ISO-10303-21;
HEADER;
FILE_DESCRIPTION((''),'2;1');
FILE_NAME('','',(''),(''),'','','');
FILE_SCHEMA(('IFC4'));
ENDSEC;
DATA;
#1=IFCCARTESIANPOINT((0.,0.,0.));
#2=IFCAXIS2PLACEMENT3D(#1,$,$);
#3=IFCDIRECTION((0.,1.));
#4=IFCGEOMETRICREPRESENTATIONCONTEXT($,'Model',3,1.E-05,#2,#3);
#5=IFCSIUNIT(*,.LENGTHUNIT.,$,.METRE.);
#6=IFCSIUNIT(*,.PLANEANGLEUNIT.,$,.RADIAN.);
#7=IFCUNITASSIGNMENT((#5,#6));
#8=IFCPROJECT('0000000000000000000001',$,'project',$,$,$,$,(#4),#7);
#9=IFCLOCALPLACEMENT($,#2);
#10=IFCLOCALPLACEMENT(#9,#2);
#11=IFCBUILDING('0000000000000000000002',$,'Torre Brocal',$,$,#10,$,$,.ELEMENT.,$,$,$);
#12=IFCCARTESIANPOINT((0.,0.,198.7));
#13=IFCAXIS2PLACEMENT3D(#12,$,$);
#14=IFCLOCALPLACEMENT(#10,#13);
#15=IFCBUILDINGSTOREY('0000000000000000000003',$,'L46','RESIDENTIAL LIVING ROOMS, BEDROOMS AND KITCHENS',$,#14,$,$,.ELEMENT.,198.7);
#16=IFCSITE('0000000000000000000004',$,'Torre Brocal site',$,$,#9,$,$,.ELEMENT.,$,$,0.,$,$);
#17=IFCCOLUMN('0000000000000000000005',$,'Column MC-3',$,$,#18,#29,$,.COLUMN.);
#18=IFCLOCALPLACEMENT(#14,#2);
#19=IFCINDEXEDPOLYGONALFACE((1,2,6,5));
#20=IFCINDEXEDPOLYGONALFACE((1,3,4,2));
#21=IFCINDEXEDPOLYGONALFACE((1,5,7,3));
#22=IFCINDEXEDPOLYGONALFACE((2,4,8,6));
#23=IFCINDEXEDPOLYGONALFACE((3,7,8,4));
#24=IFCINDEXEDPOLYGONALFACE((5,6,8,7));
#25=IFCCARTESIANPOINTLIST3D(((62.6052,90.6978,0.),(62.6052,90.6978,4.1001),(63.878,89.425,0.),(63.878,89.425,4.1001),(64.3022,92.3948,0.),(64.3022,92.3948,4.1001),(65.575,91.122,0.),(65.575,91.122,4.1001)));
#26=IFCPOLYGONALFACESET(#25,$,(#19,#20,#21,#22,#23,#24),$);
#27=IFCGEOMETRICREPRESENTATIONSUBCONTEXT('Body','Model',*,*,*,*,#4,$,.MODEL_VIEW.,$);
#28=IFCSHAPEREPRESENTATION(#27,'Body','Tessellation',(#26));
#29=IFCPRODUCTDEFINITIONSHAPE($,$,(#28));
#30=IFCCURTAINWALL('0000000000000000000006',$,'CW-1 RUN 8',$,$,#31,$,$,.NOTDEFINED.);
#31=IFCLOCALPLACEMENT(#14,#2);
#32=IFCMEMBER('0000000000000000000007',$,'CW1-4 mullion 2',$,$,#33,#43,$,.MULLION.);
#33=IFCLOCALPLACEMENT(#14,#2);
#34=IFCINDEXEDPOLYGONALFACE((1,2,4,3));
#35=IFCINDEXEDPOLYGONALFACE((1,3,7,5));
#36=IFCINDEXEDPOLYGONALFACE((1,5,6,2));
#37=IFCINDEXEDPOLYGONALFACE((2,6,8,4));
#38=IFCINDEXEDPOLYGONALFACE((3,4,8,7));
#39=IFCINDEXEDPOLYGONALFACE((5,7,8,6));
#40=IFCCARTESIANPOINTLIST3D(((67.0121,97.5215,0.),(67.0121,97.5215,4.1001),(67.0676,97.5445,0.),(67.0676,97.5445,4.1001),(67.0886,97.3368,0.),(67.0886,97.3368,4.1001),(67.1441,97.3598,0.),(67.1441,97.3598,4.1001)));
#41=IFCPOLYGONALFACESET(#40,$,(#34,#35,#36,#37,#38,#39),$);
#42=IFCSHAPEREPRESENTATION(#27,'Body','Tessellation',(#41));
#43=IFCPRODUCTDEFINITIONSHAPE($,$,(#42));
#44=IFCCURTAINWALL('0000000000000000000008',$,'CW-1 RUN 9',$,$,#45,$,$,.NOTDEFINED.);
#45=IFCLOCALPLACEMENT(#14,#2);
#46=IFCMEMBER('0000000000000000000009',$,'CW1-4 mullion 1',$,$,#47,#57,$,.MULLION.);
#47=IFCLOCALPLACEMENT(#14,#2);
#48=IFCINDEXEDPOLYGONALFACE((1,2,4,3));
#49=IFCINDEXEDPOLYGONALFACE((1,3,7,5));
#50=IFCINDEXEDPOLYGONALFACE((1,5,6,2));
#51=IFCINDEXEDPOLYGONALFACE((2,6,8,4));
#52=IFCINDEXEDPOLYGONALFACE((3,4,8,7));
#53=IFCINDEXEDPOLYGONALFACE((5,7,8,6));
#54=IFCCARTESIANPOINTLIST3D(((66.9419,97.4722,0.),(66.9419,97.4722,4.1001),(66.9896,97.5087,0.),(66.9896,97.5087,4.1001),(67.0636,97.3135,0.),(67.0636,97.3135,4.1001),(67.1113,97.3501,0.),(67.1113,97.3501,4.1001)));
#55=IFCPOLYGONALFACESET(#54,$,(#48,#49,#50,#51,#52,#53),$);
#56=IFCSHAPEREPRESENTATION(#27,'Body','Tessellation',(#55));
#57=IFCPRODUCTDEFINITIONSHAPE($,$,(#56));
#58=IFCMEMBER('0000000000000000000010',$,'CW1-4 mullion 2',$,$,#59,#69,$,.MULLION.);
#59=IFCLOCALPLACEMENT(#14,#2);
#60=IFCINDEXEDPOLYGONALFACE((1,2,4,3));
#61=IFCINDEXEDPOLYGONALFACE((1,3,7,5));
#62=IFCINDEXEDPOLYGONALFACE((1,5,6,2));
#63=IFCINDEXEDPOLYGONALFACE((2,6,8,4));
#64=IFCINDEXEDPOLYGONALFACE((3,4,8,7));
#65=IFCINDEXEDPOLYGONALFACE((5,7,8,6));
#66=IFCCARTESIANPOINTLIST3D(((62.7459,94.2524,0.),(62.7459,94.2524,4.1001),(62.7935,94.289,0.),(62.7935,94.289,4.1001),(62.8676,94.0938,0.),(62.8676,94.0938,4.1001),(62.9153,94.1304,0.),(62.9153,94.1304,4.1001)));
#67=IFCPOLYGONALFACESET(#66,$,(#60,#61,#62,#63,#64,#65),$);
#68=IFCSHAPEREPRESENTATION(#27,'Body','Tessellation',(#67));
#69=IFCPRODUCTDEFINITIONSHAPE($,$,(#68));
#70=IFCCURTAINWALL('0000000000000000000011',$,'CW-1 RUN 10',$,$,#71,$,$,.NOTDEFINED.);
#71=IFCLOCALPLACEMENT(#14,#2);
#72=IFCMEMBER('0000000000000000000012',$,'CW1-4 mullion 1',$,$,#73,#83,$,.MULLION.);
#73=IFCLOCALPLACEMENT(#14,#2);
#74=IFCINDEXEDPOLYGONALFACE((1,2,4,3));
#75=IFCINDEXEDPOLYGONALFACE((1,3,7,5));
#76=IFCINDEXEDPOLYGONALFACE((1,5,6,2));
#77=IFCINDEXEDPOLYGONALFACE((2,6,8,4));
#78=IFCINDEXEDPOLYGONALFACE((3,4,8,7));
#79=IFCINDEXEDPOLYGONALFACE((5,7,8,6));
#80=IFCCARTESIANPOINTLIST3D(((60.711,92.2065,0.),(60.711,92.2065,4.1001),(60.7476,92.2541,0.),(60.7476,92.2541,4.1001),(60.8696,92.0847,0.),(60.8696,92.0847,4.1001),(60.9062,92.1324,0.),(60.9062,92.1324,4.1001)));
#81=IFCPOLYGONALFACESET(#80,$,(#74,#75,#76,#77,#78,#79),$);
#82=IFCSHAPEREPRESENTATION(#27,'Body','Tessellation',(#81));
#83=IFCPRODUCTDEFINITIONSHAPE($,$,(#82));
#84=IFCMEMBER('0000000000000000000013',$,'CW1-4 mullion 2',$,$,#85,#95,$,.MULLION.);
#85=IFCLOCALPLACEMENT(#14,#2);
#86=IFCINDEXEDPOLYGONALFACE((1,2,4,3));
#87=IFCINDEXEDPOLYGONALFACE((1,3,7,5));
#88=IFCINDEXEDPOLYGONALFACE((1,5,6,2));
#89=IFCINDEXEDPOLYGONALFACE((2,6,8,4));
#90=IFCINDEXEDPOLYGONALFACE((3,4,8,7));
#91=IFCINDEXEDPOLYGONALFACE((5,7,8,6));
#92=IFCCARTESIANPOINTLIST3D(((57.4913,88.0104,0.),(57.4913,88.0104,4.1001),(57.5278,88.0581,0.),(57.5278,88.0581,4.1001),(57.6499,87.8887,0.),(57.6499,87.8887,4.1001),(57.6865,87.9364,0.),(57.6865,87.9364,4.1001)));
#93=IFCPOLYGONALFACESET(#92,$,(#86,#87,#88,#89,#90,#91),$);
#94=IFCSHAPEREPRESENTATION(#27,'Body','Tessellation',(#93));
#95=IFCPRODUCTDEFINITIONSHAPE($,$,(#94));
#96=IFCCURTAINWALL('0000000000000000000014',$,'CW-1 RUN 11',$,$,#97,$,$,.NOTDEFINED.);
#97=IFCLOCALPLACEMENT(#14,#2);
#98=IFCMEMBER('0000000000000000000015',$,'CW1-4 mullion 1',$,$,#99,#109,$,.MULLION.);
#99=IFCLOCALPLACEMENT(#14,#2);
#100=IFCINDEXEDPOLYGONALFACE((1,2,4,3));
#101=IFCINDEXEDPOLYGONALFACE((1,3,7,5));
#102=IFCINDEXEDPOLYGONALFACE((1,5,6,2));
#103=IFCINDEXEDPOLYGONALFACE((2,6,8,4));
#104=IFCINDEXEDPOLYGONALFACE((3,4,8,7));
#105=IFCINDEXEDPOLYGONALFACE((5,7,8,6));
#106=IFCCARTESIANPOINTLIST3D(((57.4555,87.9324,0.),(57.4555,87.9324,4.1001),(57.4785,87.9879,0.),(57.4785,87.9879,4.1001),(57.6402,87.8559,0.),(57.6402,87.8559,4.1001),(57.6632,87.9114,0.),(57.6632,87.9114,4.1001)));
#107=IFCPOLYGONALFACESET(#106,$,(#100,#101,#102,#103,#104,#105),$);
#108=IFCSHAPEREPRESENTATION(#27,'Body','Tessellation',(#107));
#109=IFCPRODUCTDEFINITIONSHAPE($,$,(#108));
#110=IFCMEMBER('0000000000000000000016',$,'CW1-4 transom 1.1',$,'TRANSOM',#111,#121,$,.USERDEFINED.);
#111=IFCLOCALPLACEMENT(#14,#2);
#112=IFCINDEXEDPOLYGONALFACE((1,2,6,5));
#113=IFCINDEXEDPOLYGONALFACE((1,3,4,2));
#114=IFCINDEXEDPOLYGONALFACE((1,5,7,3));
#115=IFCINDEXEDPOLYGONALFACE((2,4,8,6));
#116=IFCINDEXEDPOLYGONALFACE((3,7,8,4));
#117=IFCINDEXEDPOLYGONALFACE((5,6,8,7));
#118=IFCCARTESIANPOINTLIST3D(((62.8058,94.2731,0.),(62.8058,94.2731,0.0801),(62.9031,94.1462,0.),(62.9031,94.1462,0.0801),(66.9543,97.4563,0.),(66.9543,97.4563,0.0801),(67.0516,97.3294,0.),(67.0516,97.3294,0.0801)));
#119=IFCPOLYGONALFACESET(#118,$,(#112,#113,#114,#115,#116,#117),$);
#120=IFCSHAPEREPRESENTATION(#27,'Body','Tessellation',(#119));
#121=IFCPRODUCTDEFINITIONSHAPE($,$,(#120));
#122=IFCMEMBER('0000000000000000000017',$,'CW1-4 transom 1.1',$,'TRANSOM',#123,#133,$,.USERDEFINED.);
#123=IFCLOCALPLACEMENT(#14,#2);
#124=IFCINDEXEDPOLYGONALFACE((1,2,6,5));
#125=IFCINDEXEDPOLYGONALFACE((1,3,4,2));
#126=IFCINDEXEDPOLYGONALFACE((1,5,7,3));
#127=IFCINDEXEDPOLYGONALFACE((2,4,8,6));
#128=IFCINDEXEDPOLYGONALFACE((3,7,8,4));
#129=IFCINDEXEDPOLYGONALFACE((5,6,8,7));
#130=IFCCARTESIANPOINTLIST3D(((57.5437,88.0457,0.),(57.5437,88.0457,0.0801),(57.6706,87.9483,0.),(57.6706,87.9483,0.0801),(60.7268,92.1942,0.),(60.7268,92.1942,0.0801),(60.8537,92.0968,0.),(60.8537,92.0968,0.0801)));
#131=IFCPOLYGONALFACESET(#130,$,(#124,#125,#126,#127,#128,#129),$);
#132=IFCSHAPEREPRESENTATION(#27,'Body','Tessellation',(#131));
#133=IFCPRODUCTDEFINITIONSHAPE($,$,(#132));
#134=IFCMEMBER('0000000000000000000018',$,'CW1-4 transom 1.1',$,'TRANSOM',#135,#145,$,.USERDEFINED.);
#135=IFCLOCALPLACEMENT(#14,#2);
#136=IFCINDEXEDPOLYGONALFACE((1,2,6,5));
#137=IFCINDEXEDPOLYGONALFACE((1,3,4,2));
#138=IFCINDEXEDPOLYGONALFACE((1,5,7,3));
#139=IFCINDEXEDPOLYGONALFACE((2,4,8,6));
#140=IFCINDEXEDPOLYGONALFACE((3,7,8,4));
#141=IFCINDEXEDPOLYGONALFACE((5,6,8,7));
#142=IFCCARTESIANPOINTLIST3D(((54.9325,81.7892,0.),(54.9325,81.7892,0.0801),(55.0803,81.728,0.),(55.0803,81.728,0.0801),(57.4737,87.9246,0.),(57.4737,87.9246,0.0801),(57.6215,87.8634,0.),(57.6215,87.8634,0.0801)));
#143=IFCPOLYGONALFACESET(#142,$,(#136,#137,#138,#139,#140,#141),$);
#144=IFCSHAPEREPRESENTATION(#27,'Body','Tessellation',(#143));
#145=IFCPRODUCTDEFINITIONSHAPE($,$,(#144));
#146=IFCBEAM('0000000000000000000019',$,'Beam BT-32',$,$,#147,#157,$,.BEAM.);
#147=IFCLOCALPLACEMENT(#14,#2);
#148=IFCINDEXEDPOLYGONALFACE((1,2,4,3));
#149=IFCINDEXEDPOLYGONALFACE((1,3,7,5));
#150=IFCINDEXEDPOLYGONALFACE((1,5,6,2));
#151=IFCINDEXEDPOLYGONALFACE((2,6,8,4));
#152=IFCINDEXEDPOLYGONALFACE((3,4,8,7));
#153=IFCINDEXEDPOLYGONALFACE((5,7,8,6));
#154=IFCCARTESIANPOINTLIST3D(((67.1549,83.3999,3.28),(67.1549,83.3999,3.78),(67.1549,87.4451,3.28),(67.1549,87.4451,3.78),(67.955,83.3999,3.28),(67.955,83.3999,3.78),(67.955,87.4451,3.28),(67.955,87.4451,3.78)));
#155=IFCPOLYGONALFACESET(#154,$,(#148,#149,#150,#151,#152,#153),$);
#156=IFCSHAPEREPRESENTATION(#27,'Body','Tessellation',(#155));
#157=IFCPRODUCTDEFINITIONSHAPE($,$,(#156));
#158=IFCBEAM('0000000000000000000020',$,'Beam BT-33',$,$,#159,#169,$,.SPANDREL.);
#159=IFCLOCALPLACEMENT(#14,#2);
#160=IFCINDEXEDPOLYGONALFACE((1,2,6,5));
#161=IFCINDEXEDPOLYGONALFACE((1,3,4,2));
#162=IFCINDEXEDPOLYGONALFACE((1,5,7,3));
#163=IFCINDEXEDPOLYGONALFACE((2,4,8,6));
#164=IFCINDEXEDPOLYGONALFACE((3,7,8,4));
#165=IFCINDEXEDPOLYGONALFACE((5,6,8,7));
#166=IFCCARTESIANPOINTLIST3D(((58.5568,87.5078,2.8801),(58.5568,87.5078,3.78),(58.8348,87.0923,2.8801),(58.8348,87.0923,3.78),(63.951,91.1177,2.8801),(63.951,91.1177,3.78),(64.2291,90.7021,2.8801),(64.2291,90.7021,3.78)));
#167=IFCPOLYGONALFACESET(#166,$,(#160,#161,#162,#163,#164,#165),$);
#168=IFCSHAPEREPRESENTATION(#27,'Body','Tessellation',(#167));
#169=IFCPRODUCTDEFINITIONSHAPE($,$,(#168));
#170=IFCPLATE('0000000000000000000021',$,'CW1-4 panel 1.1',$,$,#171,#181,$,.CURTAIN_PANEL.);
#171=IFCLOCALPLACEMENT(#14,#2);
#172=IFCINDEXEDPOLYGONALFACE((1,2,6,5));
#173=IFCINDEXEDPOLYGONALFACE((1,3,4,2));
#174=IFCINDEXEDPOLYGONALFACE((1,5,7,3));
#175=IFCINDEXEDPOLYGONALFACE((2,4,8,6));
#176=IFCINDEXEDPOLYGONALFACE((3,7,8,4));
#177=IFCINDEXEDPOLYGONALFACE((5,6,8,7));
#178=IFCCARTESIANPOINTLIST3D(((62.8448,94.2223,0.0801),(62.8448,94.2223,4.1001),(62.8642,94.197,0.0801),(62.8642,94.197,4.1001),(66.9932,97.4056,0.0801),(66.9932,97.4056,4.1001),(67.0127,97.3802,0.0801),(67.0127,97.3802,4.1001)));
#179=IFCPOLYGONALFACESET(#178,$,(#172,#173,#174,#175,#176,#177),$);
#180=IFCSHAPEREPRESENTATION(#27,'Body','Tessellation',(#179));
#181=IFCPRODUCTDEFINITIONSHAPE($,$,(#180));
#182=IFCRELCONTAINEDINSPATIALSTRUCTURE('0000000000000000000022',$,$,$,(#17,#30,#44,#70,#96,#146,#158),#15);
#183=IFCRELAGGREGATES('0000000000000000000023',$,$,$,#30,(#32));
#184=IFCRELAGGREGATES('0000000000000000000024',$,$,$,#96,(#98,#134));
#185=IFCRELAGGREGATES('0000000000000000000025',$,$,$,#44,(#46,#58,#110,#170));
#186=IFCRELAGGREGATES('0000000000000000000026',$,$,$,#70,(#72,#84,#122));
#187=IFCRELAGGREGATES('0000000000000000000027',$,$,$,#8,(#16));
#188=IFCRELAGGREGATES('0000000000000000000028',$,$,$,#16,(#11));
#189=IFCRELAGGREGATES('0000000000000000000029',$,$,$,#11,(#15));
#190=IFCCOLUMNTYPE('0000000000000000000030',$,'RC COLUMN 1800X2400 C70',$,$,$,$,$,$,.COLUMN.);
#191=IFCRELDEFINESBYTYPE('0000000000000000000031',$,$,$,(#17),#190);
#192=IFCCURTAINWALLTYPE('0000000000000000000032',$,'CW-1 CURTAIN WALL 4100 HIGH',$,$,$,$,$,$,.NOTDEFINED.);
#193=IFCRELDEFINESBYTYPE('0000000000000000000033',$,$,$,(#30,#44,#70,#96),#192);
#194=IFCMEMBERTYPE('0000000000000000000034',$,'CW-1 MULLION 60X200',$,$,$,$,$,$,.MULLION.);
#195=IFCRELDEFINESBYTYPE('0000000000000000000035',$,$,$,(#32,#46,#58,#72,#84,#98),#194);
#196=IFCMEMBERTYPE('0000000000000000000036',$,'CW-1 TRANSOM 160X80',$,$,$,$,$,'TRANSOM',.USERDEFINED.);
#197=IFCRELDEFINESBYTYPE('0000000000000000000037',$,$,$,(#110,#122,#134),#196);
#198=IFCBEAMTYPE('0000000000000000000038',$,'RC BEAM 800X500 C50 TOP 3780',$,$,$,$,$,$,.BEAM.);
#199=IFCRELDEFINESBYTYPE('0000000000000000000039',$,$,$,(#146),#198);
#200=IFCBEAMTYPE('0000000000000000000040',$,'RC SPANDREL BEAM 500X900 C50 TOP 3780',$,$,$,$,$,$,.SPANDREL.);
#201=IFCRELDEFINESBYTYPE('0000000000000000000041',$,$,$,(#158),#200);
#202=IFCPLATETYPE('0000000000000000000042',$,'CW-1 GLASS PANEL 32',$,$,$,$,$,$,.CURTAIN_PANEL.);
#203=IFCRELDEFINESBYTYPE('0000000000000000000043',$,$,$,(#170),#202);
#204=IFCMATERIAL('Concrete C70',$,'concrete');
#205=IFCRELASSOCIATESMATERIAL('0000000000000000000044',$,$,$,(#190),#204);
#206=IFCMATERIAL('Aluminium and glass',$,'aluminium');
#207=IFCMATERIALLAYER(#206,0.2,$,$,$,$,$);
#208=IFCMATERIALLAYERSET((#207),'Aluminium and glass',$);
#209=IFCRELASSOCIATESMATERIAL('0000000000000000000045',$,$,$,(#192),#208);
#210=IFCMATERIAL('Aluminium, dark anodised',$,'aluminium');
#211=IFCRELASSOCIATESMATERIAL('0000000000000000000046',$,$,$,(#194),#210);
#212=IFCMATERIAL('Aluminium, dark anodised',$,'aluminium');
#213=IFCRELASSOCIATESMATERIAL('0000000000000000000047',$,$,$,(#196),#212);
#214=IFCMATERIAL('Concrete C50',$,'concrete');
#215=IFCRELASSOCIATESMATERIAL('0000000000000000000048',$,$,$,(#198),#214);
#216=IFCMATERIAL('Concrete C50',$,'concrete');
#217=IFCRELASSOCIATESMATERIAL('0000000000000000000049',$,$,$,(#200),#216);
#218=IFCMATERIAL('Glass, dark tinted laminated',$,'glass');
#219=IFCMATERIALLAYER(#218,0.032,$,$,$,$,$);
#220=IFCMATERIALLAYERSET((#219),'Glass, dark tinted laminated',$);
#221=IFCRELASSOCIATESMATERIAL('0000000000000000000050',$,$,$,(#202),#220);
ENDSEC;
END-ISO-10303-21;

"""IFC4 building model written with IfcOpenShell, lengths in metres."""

from ifc_helpers import new_model, si_unit, direction, frame, origin, origin_2d, place, context, subcontext, project, spatial, rectangle, extrude, material, layer, layer_set, material_profile, profile_set, type_object, element, aggregate, save


model = new_model("IFC4")

# Units and contexts
model_context = context("Model", 3, precision=1e-05, world=origin(), true_north=direction((0.0, 1.0)))
body_context = subcontext(model_context, "Body", "Model", "MODEL_VIEW")
ifc_project = project(units=[si_unit("LENGTHUNIT", "METRE"), si_unit("PLANEANGLEUNIT", "RADIAN")], contexts=[model_context])

# Site, building, storey
site_placement = place(None, origin())
site = spatial("IfcSite", under=ifc_project, at=site_placement, Name="Torre Brocal site", CompositionType="ELEMENT", RefElevation=0.0)
building_placement = place(site_placement, origin())
building = spatial("IfcBuilding", under=site, at=building_placement, Name="Torre Brocal", CompositionType="ELEMENT")
storey_placement = place(building_placement, frame((0.0, 0.0, 198.7)))
storey = spatial("IfcBuildingStorey", under=building, at=storey_placement, Name="L46", Description="RESIDENTIAL LIVING ROOMS, BEDROOMS AND KITCHENS", CompositionType="ELEMENT", Elevation=198.7)

# Column
ifc_material_1 = material(Name="Concrete C70", Category="concrete")
ifc_material_profile_1 = material_profile(ifc_material_1, rectangle(XDim=1.8, YDim=2.3999, at=origin_2d()), Name="RC 1800X2400")
ifc_profile_set_1 = profile_set([ifc_material_profile_1], Name="Concrete C70")
column_type = type_object("IfcColumnType", Name="RC COLUMN 1800X2400 C70", PredefinedType="COLUMN", material=ifc_profile_set_1)
column_placement = place(storey_placement, frame((64.0901, 90.9099, 0.0), z_axis=(0.0, 0.0, 1.0), x_axis=(-0.707107, 0.707107, 0.0)))
element("IfcColumn", 1, at=column_placement, inside=storey, type_object=column_type, Name="Column MC-3", PredefinedType="COLUMN", context=body_context, shape_type="SweptSolid", body=[
    extrude(rectangle(XDim=1.8, YDim=2.3999, at=origin_2d()), origin(), (0.0, 0.0, 1.0), 4.1001),
])

# Curtain wall, member
ifc_material_2 = material(Name="Aluminium and glass", Category="aluminium")
ifc_layer_1 = layer(ifc_material_2, 0.2)
ifc_layer_set_1 = layer_set([ifc_layer_1], Name="Aluminium and glass")
curtain_wall_type = type_object("IfcCurtainWallType", Name="CW-1 CURTAIN WALL 4100 HIGH", PredefinedType="NOTDEFINED", material=ifc_layer_set_1)
curtain_wall_1_placement = place(storey_placement, origin())
curtain_wall_1 = element("IfcCurtainWall", 2, at=curtain_wall_1_placement, inside=storey, type_object=curtain_wall_type, Name="CW-1 RUN 8", PredefinedType="NOTDEFINED")
ifc_material_3 = material(Name="Aluminium, dark anodised", Category="aluminium")
ifc_material_profile_2 = material_profile(ifc_material_3, rectangle(XDim=0.2, YDim=0.0601, at=origin_2d()), Name="CW-1 MULLION 60X200")
ifc_profile_set_2 = profile_set([ifc_material_profile_2], Name="Aluminium, dark anodised")
member_type_1 = type_object("IfcMemberType", Name="CW-1 MULLION 60X200", PredefinedType="MULLION", material=ifc_profile_set_2)
member_1_placement = place(storey_placement, frame((67.0781, 97.4407, 0.0), z_axis=(0.0, 0.0, 1.0), x_axis=(0.382683, -0.92388, 0.0)))
member_1 = element("IfcMember", 3, at=member_1_placement, type_object=member_type_1, Name="CW1-4 mullion 2", PredefinedType="MULLION", context=body_context, shape_type="SweptSolid", body=[
    extrude(rectangle(XDim=0.2, YDim=0.0601, at=origin_2d()), origin(), (0.0, 0.0, 1.0), 4.1001),
])
aggregate(curtain_wall_1, [member_1])

# Curtain walls, members
curtain_wall_2_placement = place(storey_placement, origin())
curtain_wall_2 = element("IfcCurtainWall", 4, at=curtain_wall_2_placement, inside=storey, type_object=curtain_wall_type, Name="CW-1 RUN 9", PredefinedType="NOTDEFINED")
member_2_placement = place(storey_placement, frame((67.0266, 97.4111, 0.0), z_axis=(0.0, 0.0, 1.0), x_axis=(0.608761, -0.793353, 0.0)))
member_2 = element("IfcMember", 5, at=member_2_placement, type_object=member_type_1, Name="CW1-4 mullion 1", PredefinedType="MULLION", context=body_context, shape_type="SweptSolid", body=[
    extrude(rectangle(XDim=0.2, YDim=0.0601, at=origin_2d()), origin(), (0.0, 0.0, 1.0), 4.1001),
])
member_3_placement = place(storey_placement, frame((62.8306, 94.1914, 0.0), z_axis=(0.0, 0.0, 1.0), x_axis=(0.608761, -0.793353, 0.0)))
member_3 = element("IfcMember", 6, at=member_3_placement, type_object=member_type_1, Name="CW1-4 mullion 2", PredefinedType="MULLION", context=body_context, shape_type="SweptSolid", body=[
    extrude(rectangle(XDim=0.2, YDim=0.0601, at=origin_2d()), origin(), (0.0, 0.0, 1.0), 4.1001),
])
curtain_wall_3_placement = place(storey_placement, origin())
curtain_wall_3 = element("IfcCurtainWall", 7, at=curtain_wall_3_placement, inside=storey, type_object=curtain_wall_type, Name="CW-1 RUN 10", PredefinedType="NOTDEFINED")
member_4_placement = place(storey_placement, frame((60.8086, 92.1694, 0.0), z_axis=(0.0, 0.0, 1.0), x_axis=(0.793353, -0.608761, 0.0)))
member_4 = element("IfcMember", 8, at=member_4_placement, type_object=member_type_1, Name="CW1-4 mullion 1", PredefinedType="MULLION", context=body_context, shape_type="SweptSolid", body=[
    extrude(rectangle(XDim=0.2, YDim=0.0601, at=origin_2d()), origin(), (0.0, 0.0, 1.0), 4.1001),
])
member_5_placement = place(storey_placement, frame((57.5889, 87.9734, 0.0), z_axis=(0.0, 0.0, 1.0), x_axis=(0.793353, -0.608761, 0.0)))
member_5 = element("IfcMember", 9, at=member_5_placement, type_object=member_type_1, Name="CW1-4 mullion 2", PredefinedType="MULLION", context=body_context, shape_type="SweptSolid", body=[
    extrude(rectangle(XDim=0.2, YDim=0.0601, at=origin_2d()), origin(), (0.0, 0.0, 1.0), 4.1001),
])

# Curtain wall, member
curtain_wall_4_placement = place(storey_placement, origin())
curtain_wall_4 = element("IfcCurtainWall", 10, at=curtain_wall_4_placement, inside=storey, type_object=curtain_wall_type, Name="CW-1 RUN 11", PredefinedType="NOTDEFINED")
member_6_placement = place(storey_placement, frame((57.5593, 87.9219, 0.0), z_axis=(0.0, 0.0, 1.0), x_axis=(0.92388, -0.382683, 0.0)))
member_6 = element("IfcMember", 11, at=member_6_placement, type_object=member_type_1, Name="CW1-4 mullion 1", PredefinedType="MULLION", context=body_context, shape_type="SweptSolid", body=[
    extrude(rectangle(XDim=0.2, YDim=0.0601, at=origin_2d()), origin(), (0.0, 0.0, 1.0), 4.1001),
])

# Members
ifc_material_4 = material(Name="Aluminium, dark anodised", Category="aluminium")
ifc_material_profile_3 = material_profile(ifc_material_4, rectangle(XDim=0.1599, YDim=0.0801, at=origin_2d()), Name="CW-1 TRANSOM 160X80")
ifc_profile_set_3 = profile_set([ifc_material_profile_3], Name="Aluminium, dark anodised")
member_type_2 = type_object("IfcMemberType", Name="CW-1 TRANSOM 160X80", ElementType="TRANSOM", PredefinedType="USERDEFINED", material=ifc_profile_set_3)
member_7_placement = place(storey_placement, frame((67.0029, 97.3928, 0.04), z_axis=(-0.793363, -0.608749, 0.0), x_axis=(0.608749, -0.793363, 0.0)))
member_7 = element("IfcMember", 12, at=member_7_placement, type_object=member_type_2, Name="CW1-4 transom 1.1", ObjectType="TRANSOM", PredefinedType="USERDEFINED", context=body_context, shape_type="SweptSolid", body=[
    extrude(rectangle(XDim=0.1599, YDim=0.0801, at=origin_2d()), origin(), (0.0, 0.0, 1.0), 5.229),
])
member_8_placement = place(storey_placement, frame((60.7903, 92.1455, 0.04), z_axis=(-0.608749, -0.793363, 0.0), x_axis=(0.793363, -0.608749, 0.0)))
member_8 = element("IfcMember", 13, at=member_8_placement, type_object=member_type_2, Name="CW1-4 transom 1.1", ObjectType="TRANSOM", PredefinedType="USERDEFINED", context=body_context, shape_type="SweptSolid", body=[
    extrude(rectangle(XDim=0.1599, YDim=0.0801, at=origin_2d()), origin(), (0.0, 0.0, 1.0), 5.229),
])
member_9_placement = place(storey_placement, frame((57.5476, 87.894, 0.04), z_axis=(-0.382665, -0.923887, 0.0), x_axis=(0.923887, -0.382665, 0.0)))
member_9 = element("IfcMember", 14, at=member_9_placement, type_object=member_type_2, Name="CW1-4 transom 1.1", ObjectType="TRANSOM", PredefinedType="USERDEFINED", context=body_context, shape_type="SweptSolid", body=[
    extrude(rectangle(XDim=0.1599, YDim=0.0801, at=origin_2d()), origin(), (0.0, 0.0, 1.0), 6.6409),
])
aggregate(curtain_wall_4, [member_6, member_9])

# Beams
ifc_material_5 = material(Name="Concrete C50", Category="concrete")
ifc_material_profile_4 = material_profile(ifc_material_5, rectangle(XDim=0.8, YDim=0.5, at=origin_2d()), Name="RC 800X500")
ifc_profile_set_4 = profile_set([ifc_material_profile_4], Name="Concrete C50")
beam_type_1 = type_object("IfcBeamType", Name="RC BEAM 800X500 C50 TOP 3780", PredefinedType="BEAM", material=ifc_profile_set_4)
beam_1_placement = place(storey_placement, frame((67.5549, 87.4451, 3.53), z_axis=(0.0, -1.0, 0.0), x_axis=(1.0, 0.0, 0.0)))
element("IfcBeam", 15, at=beam_1_placement, inside=storey, type_object=beam_type_1, Name="Beam BT-32", PredefinedType="BEAM", context=body_context, shape_type="SweptSolid", body=[
    extrude(rectangle(XDim=0.8, YDim=0.5, at=origin_2d()), origin(), (0.0, 0.0, 1.0), 4.0452),
])
ifc_material_6 = material(Name="Concrete C50", Category="concrete")
ifc_material_profile_5 = material_profile(ifc_material_6, rectangle(XDim=0.5, YDim=0.8999, at=origin_2d()), Name="RC 500X900")
ifc_profile_set_5 = profile_set([ifc_material_profile_5], Name="Concrete C50")
beam_type_2 = type_object("IfcBeamType", Name="RC SPANDREL BEAM 500X900 C50 TOP 3780", PredefinedType="SPANDREL", material=ifc_profile_set_5)
beam_2_placement = place(storey_placement, frame((64.0901, 90.9099, 3.3301), z_axis=(-0.831077, -0.556158, 0.0), x_axis=(0.556158, -0.831077, 0.0)))
element("IfcBeam", 16, at=beam_2_placement, inside=storey, type_object=beam_type_2, Name="Beam BT-33", PredefinedType="SPANDREL", context=body_context, shape_type="SweptSolid", body=[
    extrude(rectangle(XDim=0.5, YDim=0.8999, at=origin_2d()), origin(), (0.0, 0.0, 1.0), 6.4907),
])

# Plate
ifc_material_7 = material(Name="Glass, dark tinted laminated", Category="glass")
ifc_layer_2 = layer(ifc_material_7, 0.032)
ifc_layer_set_2 = layer_set([ifc_layer_2], Name="Glass, dark tinted laminated")
plate_type = type_object("IfcPlateType", Name="CW-1 GLASS PANEL 32", PredefinedType="CURTAIN_PANEL", material=ifc_layer_set_2)
plate_1_placement = place(storey_placement, frame((64.9287, 95.8013, 0.0801), z_axis=(0.0, 0.0, 1.0), x_axis=(-0.793353, -0.608761, 0.0)))
plate_1 = element("IfcPlate", 17, at=plate_1_placement, type_object=plate_type, Name="CW1-4 panel 1.1", PredefinedType="CURTAIN_PANEL", context=body_context, shape_type="SweptSolid", body=[
    extrude(rectangle(XDim=5.229, YDim=0.032, at=origin_2d()), origin(), (0.0, 0.0, 1.0), 4.02),
])
aggregate(curtain_wall_2, [member_2, member_3, member_7, plate_1])
aggregate(curtain_wall_3, [member_4, member_5, member_8])

save(model, "model.ifc")
